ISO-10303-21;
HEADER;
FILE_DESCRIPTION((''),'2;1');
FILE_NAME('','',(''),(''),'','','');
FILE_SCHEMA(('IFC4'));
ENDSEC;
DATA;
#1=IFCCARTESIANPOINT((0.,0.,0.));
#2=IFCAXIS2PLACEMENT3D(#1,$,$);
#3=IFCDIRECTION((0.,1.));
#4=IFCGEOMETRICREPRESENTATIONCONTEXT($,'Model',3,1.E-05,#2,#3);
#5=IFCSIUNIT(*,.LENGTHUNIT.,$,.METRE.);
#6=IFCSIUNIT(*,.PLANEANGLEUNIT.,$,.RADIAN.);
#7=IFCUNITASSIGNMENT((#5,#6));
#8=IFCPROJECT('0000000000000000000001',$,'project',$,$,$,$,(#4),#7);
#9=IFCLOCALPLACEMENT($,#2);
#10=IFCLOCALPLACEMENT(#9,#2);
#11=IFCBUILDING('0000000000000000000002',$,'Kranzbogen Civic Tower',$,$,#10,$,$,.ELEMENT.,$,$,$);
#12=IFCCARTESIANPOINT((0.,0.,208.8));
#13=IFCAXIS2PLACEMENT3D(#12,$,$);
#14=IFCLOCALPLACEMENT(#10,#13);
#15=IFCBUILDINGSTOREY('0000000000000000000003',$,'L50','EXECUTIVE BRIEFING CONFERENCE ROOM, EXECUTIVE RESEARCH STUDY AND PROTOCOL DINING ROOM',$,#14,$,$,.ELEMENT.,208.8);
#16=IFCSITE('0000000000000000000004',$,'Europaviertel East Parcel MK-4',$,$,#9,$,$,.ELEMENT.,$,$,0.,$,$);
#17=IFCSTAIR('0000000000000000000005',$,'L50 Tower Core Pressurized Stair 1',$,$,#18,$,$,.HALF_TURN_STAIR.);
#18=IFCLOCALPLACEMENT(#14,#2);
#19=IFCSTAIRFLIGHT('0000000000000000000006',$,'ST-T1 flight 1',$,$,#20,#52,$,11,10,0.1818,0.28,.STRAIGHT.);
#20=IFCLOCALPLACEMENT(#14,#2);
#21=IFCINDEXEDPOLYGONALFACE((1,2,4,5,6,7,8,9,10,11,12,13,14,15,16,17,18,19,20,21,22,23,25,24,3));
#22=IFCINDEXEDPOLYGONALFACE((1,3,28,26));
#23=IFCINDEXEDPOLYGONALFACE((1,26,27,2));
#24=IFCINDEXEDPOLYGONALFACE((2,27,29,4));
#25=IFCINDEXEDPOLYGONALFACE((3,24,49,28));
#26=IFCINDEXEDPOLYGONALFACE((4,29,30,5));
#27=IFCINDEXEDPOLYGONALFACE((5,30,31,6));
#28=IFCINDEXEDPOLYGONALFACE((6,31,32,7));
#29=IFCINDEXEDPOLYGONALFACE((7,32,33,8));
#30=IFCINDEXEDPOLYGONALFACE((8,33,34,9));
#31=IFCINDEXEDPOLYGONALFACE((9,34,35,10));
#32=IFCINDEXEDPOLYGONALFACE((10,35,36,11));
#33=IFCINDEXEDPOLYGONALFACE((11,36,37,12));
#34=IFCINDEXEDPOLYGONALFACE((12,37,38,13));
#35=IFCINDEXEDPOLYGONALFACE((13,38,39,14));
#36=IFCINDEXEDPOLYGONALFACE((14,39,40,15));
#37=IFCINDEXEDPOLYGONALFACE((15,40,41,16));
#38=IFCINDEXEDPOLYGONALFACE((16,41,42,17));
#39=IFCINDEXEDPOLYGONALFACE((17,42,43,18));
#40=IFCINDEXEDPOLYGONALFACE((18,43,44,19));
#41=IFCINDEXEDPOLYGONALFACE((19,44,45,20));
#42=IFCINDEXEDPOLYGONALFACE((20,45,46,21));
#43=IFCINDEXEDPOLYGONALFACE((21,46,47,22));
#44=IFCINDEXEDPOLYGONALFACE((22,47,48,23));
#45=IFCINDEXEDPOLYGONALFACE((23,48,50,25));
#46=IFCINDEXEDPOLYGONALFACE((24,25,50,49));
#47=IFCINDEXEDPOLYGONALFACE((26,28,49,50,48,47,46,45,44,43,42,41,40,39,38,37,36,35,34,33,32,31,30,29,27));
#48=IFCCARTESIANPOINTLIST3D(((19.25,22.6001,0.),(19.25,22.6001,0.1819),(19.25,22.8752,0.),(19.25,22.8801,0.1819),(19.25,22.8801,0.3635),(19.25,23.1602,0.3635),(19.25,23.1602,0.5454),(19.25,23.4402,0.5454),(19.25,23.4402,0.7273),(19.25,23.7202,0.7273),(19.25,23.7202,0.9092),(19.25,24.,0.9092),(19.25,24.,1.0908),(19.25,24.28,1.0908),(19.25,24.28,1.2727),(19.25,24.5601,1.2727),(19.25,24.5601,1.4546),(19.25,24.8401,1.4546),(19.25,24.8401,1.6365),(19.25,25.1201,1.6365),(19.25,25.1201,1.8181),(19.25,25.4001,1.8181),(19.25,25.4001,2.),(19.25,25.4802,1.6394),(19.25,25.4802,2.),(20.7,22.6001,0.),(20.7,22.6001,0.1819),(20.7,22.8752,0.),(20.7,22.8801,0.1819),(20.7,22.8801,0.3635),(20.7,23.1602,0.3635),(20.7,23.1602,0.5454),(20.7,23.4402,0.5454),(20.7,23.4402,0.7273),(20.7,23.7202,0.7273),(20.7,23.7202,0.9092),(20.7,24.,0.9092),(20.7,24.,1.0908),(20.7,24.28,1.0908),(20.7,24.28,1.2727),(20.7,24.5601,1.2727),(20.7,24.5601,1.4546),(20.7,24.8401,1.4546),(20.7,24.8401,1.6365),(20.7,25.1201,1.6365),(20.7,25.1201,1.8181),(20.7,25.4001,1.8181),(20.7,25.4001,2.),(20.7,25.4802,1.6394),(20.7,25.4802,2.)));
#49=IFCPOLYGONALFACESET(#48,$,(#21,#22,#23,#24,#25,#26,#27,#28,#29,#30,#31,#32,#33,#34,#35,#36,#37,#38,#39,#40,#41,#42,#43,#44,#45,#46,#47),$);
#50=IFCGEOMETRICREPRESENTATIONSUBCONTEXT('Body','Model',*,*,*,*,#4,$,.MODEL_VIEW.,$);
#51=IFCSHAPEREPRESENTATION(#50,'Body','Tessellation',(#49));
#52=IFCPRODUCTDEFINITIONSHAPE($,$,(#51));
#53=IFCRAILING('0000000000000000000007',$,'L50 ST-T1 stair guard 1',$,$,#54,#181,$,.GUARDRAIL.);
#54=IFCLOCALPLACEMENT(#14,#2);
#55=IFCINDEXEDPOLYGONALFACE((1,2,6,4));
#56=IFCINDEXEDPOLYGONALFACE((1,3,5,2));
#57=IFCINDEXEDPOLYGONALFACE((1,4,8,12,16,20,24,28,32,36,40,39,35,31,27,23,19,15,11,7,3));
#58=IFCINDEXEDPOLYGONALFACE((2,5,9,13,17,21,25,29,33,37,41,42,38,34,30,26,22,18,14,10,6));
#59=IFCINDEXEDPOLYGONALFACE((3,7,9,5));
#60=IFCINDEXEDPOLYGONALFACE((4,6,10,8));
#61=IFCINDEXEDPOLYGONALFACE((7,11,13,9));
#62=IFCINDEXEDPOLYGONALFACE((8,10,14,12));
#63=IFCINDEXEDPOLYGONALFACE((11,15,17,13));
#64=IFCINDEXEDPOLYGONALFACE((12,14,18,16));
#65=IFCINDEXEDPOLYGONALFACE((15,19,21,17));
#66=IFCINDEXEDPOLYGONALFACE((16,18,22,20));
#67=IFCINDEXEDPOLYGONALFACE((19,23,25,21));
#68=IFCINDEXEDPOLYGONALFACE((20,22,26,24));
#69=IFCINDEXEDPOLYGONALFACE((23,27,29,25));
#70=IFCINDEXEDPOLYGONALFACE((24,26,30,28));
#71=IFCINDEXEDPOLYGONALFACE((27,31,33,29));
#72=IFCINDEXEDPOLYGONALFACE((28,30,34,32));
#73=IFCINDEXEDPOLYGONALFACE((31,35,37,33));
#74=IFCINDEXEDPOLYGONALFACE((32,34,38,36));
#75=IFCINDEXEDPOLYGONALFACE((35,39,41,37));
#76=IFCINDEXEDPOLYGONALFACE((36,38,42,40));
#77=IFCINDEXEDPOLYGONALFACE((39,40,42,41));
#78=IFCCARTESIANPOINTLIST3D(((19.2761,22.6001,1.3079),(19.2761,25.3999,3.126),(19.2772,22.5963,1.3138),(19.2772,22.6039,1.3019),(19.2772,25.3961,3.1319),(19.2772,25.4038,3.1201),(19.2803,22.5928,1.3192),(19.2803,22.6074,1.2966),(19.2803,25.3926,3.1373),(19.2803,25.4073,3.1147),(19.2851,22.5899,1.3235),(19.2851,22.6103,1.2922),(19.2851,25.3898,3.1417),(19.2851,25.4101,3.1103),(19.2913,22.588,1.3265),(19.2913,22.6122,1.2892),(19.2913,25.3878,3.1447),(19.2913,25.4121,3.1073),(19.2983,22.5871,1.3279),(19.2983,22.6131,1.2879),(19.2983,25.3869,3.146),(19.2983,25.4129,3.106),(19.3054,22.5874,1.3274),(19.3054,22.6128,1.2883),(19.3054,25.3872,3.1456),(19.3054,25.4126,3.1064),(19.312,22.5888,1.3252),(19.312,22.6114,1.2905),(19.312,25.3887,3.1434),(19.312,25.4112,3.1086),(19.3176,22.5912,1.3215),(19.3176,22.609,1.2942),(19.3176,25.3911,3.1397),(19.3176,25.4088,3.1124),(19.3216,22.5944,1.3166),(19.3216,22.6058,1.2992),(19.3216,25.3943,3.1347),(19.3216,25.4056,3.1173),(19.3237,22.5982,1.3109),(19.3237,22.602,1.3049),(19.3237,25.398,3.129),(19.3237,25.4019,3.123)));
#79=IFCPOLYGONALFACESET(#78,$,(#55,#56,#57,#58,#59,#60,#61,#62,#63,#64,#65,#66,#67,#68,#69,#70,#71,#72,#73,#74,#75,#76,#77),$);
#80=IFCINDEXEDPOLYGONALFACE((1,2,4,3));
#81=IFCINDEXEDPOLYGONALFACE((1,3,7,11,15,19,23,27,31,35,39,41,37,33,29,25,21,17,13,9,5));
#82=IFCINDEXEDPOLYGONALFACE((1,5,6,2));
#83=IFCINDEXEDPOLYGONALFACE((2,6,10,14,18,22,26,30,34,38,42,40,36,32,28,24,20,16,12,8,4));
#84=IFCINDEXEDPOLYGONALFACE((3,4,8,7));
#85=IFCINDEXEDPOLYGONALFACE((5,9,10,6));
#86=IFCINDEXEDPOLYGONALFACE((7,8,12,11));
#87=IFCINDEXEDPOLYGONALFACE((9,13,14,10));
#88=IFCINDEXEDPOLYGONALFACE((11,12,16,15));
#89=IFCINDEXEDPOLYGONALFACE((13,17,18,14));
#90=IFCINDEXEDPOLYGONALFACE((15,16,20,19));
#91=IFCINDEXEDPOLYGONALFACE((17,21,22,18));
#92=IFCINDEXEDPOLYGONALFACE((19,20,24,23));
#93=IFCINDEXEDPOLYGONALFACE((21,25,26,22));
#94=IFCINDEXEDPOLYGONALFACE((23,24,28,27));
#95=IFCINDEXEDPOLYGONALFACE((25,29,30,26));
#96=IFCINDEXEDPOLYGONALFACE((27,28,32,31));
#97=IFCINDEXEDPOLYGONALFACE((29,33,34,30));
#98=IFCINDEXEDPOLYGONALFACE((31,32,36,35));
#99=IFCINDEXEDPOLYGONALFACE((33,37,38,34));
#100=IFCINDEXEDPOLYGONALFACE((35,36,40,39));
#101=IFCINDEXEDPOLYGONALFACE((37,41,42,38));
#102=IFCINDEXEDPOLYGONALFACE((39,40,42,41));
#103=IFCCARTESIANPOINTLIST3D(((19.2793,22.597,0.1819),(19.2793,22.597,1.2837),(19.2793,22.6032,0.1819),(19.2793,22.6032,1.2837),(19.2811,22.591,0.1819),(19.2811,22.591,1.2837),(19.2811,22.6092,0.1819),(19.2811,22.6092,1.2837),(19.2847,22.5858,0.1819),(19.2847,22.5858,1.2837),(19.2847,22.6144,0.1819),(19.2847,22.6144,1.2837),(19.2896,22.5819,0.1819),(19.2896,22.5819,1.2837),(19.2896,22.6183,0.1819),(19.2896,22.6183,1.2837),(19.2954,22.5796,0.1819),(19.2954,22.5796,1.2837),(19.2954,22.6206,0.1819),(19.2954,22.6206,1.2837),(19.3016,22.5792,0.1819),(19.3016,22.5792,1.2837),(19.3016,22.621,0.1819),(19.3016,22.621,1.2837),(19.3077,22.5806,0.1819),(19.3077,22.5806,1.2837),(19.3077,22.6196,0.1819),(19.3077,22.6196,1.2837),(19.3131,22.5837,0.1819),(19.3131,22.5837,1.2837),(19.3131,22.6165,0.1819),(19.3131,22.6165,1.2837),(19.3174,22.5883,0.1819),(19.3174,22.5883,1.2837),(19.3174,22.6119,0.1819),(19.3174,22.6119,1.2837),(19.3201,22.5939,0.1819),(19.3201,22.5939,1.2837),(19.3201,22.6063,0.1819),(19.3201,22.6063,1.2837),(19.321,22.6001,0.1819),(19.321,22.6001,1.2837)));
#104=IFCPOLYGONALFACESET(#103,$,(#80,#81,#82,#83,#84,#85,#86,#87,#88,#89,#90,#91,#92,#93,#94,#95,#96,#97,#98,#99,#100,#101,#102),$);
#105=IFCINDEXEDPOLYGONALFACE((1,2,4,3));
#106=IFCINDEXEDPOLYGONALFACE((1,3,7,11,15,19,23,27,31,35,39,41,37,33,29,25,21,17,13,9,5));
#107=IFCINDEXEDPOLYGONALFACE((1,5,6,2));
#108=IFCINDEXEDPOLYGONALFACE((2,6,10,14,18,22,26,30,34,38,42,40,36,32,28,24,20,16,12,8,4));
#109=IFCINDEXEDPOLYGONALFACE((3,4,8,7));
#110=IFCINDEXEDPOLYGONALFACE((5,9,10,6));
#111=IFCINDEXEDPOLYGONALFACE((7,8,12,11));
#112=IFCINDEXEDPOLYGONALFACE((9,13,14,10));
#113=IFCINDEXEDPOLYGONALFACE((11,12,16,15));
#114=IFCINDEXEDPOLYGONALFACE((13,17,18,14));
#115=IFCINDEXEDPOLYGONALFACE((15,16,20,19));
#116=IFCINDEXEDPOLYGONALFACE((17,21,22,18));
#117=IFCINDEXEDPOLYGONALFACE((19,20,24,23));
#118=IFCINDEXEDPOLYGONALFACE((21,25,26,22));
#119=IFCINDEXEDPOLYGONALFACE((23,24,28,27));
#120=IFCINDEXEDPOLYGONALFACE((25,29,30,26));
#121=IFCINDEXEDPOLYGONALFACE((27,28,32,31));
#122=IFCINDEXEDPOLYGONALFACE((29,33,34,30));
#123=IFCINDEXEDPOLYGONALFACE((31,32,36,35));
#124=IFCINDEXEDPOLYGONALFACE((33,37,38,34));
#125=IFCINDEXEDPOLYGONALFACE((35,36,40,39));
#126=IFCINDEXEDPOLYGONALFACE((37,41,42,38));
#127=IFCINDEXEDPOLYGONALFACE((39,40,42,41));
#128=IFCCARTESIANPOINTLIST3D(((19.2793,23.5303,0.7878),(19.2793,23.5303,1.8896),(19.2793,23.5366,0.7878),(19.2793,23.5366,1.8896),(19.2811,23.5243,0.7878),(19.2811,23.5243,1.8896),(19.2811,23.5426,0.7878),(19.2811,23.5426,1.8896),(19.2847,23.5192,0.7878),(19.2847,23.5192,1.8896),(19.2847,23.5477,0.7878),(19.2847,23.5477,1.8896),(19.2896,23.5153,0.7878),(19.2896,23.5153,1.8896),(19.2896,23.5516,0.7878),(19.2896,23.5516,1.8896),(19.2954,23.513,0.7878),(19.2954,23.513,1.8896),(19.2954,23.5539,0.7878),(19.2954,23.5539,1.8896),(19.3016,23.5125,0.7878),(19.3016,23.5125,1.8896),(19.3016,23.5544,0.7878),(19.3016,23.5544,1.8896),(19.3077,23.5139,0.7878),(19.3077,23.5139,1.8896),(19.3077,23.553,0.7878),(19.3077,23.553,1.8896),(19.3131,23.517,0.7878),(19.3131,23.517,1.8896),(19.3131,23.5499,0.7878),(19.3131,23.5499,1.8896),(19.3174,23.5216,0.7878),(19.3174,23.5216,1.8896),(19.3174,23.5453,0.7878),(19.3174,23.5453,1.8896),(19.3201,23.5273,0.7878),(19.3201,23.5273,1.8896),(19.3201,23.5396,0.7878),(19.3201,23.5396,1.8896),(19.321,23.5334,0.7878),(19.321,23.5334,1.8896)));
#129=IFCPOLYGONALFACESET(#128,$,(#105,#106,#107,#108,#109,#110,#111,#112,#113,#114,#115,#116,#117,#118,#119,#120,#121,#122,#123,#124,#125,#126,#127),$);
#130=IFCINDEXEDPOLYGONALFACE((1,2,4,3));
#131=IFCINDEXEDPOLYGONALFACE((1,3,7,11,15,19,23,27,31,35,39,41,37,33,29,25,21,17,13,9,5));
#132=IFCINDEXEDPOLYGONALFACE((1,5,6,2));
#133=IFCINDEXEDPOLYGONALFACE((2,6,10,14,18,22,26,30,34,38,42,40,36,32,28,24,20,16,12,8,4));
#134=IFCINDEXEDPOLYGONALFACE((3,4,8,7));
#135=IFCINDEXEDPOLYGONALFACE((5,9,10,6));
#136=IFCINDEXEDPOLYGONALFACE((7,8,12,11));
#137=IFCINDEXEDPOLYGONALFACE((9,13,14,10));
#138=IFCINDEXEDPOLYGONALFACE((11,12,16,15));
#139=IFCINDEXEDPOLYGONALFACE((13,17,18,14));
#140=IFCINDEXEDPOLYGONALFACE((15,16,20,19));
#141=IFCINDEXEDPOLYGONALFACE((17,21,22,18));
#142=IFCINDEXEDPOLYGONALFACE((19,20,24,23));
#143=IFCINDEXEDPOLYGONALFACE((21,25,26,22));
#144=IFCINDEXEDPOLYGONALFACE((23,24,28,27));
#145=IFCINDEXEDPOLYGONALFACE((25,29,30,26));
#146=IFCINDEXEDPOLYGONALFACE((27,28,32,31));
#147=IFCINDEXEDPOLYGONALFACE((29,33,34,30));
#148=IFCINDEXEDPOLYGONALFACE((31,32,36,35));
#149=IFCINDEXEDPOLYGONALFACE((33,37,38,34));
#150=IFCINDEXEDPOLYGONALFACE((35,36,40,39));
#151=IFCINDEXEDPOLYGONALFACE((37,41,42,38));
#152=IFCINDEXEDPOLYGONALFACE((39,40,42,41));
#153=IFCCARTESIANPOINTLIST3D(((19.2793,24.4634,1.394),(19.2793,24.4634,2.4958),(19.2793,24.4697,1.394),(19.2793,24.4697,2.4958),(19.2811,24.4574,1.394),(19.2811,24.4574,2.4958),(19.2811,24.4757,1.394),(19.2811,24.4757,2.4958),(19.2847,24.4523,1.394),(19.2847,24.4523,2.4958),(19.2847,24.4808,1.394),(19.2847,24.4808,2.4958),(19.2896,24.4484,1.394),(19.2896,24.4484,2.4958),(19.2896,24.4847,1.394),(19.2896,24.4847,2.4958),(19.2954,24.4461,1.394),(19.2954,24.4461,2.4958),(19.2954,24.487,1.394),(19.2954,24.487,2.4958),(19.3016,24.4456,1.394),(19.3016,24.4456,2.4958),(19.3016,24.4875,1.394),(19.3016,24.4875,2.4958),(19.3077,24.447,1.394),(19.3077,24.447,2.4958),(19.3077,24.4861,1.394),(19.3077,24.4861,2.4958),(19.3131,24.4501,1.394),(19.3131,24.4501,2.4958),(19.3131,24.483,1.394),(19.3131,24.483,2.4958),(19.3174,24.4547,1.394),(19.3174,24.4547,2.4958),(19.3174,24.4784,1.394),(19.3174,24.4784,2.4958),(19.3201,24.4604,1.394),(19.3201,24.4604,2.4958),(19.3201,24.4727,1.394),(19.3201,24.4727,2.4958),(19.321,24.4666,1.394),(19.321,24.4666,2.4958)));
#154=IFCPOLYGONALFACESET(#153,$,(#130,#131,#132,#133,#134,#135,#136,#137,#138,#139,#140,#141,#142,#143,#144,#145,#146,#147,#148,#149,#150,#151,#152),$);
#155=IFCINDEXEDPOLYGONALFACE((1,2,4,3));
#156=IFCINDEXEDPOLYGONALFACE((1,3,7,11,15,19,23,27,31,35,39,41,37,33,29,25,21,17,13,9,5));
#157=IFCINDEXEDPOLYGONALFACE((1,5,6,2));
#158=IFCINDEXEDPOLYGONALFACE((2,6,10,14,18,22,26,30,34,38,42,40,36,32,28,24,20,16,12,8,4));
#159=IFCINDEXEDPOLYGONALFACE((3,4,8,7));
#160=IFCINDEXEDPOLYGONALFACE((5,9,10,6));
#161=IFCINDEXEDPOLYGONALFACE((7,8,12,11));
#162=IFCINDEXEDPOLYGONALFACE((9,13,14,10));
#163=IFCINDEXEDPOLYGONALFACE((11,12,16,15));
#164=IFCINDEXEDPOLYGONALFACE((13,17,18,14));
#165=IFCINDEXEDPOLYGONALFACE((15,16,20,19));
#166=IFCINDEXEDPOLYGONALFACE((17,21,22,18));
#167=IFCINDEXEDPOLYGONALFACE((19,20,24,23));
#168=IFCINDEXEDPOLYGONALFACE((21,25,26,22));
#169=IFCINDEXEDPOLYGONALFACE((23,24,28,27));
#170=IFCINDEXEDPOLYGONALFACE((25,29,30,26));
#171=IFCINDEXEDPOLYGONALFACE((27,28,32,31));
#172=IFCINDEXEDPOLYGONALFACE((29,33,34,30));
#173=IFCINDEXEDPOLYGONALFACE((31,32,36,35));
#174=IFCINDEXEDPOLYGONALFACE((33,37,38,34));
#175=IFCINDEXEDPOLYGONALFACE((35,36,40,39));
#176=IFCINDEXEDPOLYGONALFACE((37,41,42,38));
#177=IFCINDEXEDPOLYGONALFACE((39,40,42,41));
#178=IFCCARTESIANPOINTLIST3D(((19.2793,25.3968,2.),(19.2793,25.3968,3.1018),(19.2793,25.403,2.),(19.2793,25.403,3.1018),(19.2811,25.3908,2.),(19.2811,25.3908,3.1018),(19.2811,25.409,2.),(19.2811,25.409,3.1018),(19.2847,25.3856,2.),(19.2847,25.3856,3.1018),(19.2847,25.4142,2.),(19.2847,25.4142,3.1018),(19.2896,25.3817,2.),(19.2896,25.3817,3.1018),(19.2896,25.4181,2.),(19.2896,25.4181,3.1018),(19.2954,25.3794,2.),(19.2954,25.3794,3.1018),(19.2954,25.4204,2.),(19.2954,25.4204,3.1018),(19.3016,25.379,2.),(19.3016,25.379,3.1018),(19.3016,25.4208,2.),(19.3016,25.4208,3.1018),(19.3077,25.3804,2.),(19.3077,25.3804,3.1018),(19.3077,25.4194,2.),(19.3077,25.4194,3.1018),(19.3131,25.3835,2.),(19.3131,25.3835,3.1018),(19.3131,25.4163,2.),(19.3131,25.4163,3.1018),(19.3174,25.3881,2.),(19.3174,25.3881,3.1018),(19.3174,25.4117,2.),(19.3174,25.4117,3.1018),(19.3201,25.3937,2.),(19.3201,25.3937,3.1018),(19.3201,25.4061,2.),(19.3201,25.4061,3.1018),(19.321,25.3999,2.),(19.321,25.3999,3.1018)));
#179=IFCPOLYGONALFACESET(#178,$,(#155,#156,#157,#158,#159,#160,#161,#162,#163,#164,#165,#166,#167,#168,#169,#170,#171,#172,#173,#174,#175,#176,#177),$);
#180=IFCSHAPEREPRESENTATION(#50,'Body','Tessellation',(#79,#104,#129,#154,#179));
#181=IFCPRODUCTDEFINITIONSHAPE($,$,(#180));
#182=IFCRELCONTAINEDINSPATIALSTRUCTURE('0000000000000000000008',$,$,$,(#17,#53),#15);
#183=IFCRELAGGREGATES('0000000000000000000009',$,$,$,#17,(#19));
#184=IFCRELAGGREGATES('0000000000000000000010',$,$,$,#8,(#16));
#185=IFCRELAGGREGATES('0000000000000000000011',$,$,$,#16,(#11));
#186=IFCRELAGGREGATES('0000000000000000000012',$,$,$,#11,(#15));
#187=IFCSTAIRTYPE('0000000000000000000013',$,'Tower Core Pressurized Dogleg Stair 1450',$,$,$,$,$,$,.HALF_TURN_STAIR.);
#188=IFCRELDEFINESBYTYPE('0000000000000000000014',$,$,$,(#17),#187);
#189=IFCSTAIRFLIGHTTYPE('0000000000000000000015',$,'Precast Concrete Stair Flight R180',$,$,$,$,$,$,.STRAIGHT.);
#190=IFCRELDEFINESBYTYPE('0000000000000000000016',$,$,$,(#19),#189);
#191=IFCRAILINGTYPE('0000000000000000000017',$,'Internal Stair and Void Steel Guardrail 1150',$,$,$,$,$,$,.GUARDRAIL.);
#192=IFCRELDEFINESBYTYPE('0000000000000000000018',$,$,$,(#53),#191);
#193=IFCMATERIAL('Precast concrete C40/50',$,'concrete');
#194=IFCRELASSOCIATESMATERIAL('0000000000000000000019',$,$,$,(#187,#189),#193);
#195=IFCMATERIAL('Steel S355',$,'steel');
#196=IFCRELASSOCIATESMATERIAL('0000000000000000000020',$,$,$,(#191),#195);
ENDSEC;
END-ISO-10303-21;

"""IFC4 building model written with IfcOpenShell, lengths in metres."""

from ifc_helpers import new_model, si_unit, direction, frame, origin, origin_2d, place, context, subcontext, project, spatial, polyline, circle, outline, extrude, material, type_object, element, aggregate, save


model = new_model("IFC4")

# Units and contexts
model_context = context("Model", 3, precision=1e-05, world=origin(), true_north=direction((0.0, 1.0)))
body_context = subcontext(model_context, "Body", "Model", "MODEL_VIEW")
ifc_project = project(units=[si_unit("LENGTHUNIT", "METRE"), si_unit("PLANEANGLEUNIT", "RADIAN")], contexts=[model_context])

# Site, building, storey
site_placement = place(None, origin())
site = spatial("IfcSite", under=ifc_project, at=site_placement, Name="Europaviertel East Parcel MK-4", CompositionType="ELEMENT", RefElevation=0.0)
building_placement = place(site_placement, origin())
building = spatial("IfcBuilding", under=site, at=building_placement, Name="Kranzbogen Civic Tower", CompositionType="ELEMENT")
storey_placement = place(building_placement, frame((0.0, 0.0, 208.8)))
storey = spatial("IfcBuildingStorey", under=building, at=storey_placement, Name="L50", Description="EXECUTIVE BRIEFING CONFERENCE ROOM, EXECUTIVE RESEARCH STUDY AND PROTOCOL DINING ROOM", CompositionType="ELEMENT", Elevation=208.8)

# Shared definitions
ifc_material_1 = material(Name="Steel S355", Category="steel")

# Stair, stair flight
ifc_material_2 = material(Name="Precast concrete C40/50", Category="concrete")
stair_type = type_object("IfcStairType", Name="Tower Core Pressurized Dogleg Stair 1450", PredefinedType="HALF_TURN_STAIR", material=ifc_material_2)
stair_placement = place(storey_placement, origin())
stair = element("IfcStair", 1, at=stair_placement, inside=storey, type_object=stair_type, Name="L50 Tower Core Pressurized Stair 1", PredefinedType="HALF_TURN_STAIR")
stair_flight_type = type_object("IfcStairFlightType", Name="Precast Concrete Stair Flight R180", PredefinedType="STRAIGHT", material=ifc_material_2)
stair_flight_placement = place(storey_placement, frame((19.9751, 22.6001, 0.0), z_axis=(0.0, 0.0, 1.0), x_axis=(0.0, 1.0, 0.0)))
stair_flight = element("IfcStairFlight", 2, at=stair_flight_placement, type_object=stair_flight_type, Name="ST-T1 flight 1", NumberOfRisers=11, NumberOfTreads=10, PredefinedType="STRAIGHT", RiserHeight=0.1818, TreadLength=0.28, context=body_context, shape_type="SweptSolid", body=[
    extrude(outline(polyline([(0.0, 0.0), (0.0, 0.1819), (0.28, 0.1819), (0.28, 0.3635), (0.5601, 0.3635), (0.5601, 0.5454), (0.8401, 0.5454), (0.8401, 0.7273), (1.1201, 0.7273), (1.1201, 0.9092), (1.3999, 0.9092), (1.3999, 1.0908), (1.6799, 1.0908), (1.6799, 1.2727), (1.96, 1.2727), (1.96, 1.4546), (2.24, 1.4546), (2.24, 1.6365), (2.52, 1.6365), (2.52, 1.8181), (2.8, 1.8181), (2.8, 2.0), (2.8801, 2.0), (2.8801, 1.6394), (0.2751, 0.0), (0.0, 0.0)])), frame((0.0, 0.7251, 0.0), z_axis=(0.0, -1.0, 0.0), x_axis=(1.0, 0.0, 0.0)), (0.0, 0.0, 1.0), 1.45),
])
aggregate(stair, [stair_flight])

# Railing
railing_type_1 = type_object("IfcRailingType", Name="Internal Stair and Void Steel Guardrail 1150", PredefinedType="GUARDRAIL", material=ifc_material_1)
railing_1_placement = place(storey_placement, frame((19.3, 22.6001, 0.1819)))
element("IfcRailing", 3, at=railing_1_placement, inside=storey, type_object=railing_type_1, Name="L50 ST-T1 stair guard 1", PredefinedType="GUARDRAIL", context=body_context, shape_type="SweptSolid", body=[
    extrude(circle(Radius=0.0239, at=origin_2d()), frame((0.0, 0.0, 1.126), z_axis=(0.0, 0.838684, 0.544618), x_axis=(-1.0, 0.0, 0.0)), (0.0, 0.0, 1.0), 3.3384),
    extrude(circle(Radius=0.021, at=origin_2d()), origin(), (0.0, 0.0, 1.0), 1.1018),
    extrude(circle(Radius=0.021, at=origin_2d()), frame((0.0, 0.9333, 0.606)), (0.0, 0.0, 1.0), 1.1018),
    extrude(circle(Radius=0.021, at=origin_2d()), frame((0.0, 1.8665, 1.2122)), (0.0, 0.0, 1.0), 1.1018),
    extrude(circle(Radius=0.021, at=origin_2d()), frame((0.0, 2.7998, 1.8181)), (0.0, 0.0, 1.0), 1.1018),
])

save(model, "model.ifc")
